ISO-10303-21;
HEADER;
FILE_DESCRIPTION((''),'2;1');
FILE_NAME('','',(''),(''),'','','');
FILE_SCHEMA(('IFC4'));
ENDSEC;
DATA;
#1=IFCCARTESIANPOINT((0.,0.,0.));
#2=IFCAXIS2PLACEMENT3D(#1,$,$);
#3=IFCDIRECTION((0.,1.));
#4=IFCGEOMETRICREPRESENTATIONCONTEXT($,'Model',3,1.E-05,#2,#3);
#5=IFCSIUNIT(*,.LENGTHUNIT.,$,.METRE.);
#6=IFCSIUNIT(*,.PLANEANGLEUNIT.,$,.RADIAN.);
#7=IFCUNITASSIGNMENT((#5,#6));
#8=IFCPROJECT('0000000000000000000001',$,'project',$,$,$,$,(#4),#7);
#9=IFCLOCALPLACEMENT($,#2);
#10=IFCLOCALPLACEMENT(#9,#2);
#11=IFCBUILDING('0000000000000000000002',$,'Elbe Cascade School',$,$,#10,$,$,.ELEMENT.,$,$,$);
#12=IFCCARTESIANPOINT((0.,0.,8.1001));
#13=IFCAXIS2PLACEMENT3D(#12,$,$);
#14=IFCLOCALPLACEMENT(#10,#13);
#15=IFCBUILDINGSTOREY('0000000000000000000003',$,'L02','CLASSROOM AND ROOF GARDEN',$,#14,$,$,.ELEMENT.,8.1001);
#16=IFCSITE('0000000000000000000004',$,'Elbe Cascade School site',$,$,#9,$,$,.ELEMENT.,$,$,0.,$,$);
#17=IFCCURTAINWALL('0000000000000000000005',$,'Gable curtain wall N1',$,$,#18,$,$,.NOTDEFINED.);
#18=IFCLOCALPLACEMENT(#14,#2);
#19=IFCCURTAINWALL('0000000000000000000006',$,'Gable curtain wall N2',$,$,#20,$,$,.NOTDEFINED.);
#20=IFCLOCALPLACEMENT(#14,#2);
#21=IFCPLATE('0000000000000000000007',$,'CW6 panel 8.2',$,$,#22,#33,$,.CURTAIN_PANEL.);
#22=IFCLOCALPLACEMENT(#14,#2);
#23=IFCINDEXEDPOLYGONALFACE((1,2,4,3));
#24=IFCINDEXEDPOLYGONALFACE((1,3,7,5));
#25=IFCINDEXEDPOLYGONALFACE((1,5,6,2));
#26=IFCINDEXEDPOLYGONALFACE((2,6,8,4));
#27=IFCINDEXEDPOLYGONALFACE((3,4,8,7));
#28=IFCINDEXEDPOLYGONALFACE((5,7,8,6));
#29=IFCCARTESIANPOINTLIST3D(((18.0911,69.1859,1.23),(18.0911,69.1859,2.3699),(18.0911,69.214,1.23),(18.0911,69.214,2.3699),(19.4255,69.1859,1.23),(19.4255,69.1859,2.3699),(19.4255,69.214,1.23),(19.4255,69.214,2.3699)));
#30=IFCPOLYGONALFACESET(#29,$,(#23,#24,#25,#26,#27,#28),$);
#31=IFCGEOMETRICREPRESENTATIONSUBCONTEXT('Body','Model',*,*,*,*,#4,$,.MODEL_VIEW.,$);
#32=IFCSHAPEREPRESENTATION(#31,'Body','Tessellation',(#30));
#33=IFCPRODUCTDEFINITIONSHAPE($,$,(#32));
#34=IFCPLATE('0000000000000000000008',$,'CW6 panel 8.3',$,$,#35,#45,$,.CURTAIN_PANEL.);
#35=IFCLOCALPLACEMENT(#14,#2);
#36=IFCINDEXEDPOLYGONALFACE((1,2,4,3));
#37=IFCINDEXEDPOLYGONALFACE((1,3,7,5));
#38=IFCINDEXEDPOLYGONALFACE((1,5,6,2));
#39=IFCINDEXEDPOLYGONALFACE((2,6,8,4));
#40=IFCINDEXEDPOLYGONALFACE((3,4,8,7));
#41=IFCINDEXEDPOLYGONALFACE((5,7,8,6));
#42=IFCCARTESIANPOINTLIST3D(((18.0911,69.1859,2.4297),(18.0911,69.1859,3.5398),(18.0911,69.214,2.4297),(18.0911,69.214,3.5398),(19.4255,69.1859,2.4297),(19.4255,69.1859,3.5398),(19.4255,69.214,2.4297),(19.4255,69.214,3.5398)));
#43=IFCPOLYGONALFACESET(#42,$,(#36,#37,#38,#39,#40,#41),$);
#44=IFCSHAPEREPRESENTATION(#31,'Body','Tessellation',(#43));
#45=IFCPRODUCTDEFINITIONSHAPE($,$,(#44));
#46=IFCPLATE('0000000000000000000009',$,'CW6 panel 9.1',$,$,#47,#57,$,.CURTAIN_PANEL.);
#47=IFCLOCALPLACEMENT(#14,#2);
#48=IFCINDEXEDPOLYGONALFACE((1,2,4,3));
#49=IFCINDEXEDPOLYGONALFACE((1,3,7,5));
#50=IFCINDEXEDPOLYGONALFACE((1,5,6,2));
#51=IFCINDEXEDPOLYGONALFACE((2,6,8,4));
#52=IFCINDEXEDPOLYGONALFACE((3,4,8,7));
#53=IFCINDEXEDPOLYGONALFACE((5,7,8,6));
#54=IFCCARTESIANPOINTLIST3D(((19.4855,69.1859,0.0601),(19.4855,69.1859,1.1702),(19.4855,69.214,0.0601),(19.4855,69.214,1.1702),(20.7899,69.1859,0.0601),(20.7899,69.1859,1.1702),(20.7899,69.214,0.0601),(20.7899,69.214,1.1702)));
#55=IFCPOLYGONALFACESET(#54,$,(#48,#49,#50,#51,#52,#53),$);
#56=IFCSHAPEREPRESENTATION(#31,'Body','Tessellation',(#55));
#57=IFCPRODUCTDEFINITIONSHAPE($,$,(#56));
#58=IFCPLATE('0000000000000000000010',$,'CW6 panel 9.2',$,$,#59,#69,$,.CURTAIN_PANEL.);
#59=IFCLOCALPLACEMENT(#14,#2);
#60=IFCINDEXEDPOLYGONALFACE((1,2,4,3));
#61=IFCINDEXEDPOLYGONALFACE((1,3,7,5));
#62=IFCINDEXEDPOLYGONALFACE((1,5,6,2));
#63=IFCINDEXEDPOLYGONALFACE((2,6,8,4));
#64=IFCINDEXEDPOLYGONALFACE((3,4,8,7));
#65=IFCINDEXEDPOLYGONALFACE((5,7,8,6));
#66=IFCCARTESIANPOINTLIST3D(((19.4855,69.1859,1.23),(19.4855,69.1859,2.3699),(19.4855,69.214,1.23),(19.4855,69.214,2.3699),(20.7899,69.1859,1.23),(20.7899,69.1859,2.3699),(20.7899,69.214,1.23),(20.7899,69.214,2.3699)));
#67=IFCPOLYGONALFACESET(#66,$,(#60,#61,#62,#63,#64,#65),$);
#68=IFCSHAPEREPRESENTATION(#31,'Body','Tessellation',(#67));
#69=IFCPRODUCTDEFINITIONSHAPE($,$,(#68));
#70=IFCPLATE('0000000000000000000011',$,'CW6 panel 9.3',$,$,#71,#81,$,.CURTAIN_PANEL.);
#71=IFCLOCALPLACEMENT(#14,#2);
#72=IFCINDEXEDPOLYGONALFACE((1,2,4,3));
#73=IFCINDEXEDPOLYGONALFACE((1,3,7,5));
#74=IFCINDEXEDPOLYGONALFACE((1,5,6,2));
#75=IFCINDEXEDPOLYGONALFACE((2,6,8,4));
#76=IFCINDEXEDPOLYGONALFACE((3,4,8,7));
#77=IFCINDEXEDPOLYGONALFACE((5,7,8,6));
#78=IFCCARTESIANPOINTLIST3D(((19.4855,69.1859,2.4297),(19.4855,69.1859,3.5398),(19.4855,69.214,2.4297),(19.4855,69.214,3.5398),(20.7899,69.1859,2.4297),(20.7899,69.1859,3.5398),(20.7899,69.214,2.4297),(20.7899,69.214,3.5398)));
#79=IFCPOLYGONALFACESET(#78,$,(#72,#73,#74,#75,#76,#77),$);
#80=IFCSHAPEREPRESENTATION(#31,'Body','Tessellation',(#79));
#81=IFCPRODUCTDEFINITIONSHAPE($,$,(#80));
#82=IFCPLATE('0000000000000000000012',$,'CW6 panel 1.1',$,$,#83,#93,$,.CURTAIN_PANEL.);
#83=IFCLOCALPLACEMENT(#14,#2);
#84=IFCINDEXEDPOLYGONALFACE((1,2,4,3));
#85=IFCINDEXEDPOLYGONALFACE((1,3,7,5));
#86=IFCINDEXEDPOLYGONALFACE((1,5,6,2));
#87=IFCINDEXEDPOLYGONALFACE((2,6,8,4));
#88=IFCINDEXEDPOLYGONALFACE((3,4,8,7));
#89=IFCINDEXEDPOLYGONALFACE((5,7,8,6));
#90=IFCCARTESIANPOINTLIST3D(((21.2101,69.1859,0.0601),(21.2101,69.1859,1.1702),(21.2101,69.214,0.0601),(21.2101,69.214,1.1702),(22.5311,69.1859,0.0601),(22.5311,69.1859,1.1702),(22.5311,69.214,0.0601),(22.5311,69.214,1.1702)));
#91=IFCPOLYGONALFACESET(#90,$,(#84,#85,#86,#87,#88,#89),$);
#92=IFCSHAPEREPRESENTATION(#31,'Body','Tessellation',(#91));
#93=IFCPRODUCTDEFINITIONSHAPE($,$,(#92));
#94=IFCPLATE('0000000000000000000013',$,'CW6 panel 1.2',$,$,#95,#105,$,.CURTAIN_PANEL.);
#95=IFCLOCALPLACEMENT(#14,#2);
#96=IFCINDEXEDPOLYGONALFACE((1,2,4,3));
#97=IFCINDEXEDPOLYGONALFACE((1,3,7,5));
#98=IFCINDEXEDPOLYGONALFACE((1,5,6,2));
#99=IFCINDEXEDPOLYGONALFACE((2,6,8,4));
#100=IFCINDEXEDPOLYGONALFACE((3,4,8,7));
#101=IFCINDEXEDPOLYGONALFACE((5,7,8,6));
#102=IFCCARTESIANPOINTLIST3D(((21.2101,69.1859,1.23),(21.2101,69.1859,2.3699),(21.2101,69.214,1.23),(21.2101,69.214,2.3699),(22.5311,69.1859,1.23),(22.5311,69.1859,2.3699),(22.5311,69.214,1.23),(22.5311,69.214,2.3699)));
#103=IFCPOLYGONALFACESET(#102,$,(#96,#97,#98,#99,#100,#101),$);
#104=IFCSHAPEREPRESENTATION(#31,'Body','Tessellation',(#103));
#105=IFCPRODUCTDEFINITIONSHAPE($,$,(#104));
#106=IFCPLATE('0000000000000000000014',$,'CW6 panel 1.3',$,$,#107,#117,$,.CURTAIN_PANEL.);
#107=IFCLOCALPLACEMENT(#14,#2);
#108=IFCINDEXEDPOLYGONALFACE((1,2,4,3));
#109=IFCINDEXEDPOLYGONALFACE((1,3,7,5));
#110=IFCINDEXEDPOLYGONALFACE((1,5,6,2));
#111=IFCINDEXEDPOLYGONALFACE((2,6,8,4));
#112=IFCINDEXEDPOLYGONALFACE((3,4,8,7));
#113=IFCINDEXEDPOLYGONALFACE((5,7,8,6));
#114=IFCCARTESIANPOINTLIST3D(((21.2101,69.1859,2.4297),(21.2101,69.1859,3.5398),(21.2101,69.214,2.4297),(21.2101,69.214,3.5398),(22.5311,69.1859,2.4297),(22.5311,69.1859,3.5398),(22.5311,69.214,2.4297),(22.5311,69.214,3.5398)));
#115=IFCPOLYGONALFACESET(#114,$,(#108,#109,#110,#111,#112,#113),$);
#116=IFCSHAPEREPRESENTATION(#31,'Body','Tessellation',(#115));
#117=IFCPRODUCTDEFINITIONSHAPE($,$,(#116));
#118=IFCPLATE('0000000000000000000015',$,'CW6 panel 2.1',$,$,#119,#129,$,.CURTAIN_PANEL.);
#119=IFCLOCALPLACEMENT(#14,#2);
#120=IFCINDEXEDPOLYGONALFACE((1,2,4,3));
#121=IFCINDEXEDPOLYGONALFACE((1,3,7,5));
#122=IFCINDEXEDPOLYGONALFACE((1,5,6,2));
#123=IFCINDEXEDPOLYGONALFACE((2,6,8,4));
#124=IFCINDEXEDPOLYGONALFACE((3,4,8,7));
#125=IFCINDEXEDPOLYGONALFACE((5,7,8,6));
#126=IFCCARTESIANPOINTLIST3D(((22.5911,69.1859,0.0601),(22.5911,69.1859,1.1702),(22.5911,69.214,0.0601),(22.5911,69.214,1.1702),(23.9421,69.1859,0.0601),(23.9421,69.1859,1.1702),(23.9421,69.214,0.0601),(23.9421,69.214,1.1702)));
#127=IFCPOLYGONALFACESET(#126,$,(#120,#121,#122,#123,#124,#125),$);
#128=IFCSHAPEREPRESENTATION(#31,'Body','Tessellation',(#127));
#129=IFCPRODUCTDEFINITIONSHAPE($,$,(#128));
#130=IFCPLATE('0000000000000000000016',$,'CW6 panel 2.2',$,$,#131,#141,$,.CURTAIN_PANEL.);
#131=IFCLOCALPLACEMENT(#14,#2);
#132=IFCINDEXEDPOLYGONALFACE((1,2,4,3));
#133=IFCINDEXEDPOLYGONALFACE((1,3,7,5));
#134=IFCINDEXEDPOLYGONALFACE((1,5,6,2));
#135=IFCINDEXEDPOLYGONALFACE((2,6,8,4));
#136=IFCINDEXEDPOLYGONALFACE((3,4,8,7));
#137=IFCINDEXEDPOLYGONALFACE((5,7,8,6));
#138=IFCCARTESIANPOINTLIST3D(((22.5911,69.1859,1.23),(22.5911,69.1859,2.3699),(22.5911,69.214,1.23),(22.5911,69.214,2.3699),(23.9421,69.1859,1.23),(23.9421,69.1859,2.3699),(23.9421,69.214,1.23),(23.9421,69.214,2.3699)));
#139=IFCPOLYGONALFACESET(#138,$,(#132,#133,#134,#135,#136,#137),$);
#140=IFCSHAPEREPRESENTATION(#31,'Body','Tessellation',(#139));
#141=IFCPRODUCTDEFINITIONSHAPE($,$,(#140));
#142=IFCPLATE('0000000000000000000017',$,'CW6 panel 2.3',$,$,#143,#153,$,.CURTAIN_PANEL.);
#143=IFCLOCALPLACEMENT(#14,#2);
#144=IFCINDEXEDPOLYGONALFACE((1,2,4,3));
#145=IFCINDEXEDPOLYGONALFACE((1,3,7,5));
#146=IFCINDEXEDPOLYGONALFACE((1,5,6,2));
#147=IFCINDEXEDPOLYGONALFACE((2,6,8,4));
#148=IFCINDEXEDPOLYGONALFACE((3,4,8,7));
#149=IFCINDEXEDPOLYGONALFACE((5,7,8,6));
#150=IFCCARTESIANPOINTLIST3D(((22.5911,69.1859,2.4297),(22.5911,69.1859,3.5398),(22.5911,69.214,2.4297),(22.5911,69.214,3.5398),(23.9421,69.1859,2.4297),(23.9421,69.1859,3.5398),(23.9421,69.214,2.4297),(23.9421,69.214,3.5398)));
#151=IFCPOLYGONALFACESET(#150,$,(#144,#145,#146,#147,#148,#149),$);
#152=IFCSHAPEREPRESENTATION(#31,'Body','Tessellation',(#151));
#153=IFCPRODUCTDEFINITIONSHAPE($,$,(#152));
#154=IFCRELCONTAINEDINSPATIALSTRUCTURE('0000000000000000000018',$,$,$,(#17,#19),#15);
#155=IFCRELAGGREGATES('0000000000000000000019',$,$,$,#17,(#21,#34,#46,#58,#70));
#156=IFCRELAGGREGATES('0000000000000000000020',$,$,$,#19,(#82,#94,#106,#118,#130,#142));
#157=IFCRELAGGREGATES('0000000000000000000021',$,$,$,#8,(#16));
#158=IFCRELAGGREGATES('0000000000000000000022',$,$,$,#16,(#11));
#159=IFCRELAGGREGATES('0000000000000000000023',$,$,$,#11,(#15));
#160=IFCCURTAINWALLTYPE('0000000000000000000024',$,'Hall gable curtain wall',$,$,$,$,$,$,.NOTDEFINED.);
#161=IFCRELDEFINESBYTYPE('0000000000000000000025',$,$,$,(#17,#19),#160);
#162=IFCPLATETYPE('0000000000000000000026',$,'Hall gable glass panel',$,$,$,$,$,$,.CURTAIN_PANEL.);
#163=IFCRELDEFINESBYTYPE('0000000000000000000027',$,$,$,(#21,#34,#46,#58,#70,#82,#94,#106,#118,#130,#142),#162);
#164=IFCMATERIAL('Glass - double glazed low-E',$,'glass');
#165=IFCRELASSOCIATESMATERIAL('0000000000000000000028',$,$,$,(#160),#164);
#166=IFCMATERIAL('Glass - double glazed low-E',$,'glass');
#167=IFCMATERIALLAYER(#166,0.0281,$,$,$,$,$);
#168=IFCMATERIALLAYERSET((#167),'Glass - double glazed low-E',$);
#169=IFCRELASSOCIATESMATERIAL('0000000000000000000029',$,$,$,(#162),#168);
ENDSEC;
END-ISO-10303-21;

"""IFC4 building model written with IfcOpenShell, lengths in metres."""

from ifc_helpers import new_model, si_unit, direction, frame, origin, origin_2d, place, context, subcontext, project, spatial, rectangle, extrude, material, layer, layer_set, type_object, element, aggregate, save


model = new_model("IFC4")

# Units and contexts
model_context = context("Model", 3, precision=1e-05, world=origin(), true_north=direction((0.0, 1.0)))
body_context = subcontext(model_context, "Body", "Model", "MODEL_VIEW")
ifc_project = project(units=[si_unit("LENGTHUNIT", "METRE"), si_unit("PLANEANGLEUNIT", "RADIAN")], contexts=[model_context])

# Site, building, storey
site_placement = place(None, origin())
site = spatial("IfcSite", under=ifc_project, at=site_placement, Name="Elbe Cascade School site", CompositionType="ELEMENT", RefElevation=0.0)
building_placement = place(site_placement, origin())
building = spatial("IfcBuilding", under=site, at=building_placement, Name="Elbe Cascade School", CompositionType="ELEMENT")
storey_placement = place(building_placement, frame((0.0, 0.0, 8.1001)))
storey = spatial("IfcBuildingStorey", under=building, at=storey_placement, Name="L02", Description="CLASSROOM AND ROOF GARDEN", CompositionType="ELEMENT", Elevation=8.1001)

# Curtain walls
ifc_material_1 = material(Name="Glass - double glazed low-E", Category="glass")
curtain_wall_type = type_object("IfcCurtainWallType", Name="Hall gable curtain wall", PredefinedType="NOTDEFINED", material=ifc_material_1)
curtain_wall_1_placement = place(storey_placement, origin())
curtain_wall_1 = element("IfcCurtainWall", 1, at=curtain_wall_1_placement, inside=storey, type_object=curtain_wall_type, Name="Gable curtain wall N1", PredefinedType="NOTDEFINED")
curtain_wall_2_placement = place(storey_placement, origin())
curtain_wall_2 = element("IfcCurtainWall", 2, at=curtain_wall_2_placement, inside=storey, type_object=curtain_wall_type, Name="Gable curtain wall N2", PredefinedType="NOTDEFINED")

# Plates
ifc_material_2 = material(Name="Glass - double glazed low-E", Category="glass")
ifc_layer = layer(ifc_material_2, 0.0281)
ifc_layer_set = layer_set([ifc_layer], Name="Glass - double glazed low-E")
plate_type = type_object("IfcPlateType", Name="Hall gable glass panel", PredefinedType="CURTAIN_PANEL", material=ifc_layer_set)
plate_1_placement = place(storey_placement, frame((18.7583, 69.2, 1.23), z_axis=(0.0, 0.0, 1.0), x_axis=(1.0, 0.0, 0.0)))
plate_1 = element("IfcPlate", 3, at=plate_1_placement, type_object=plate_type, Name="CW6 panel 8.2", PredefinedType="CURTAIN_PANEL", context=body_context, shape_type="SweptSolid", body=[
    extrude(rectangle(XDim=1.3345, YDim=0.0281, at=origin_2d()), origin(), (0.0, 0.0, 1.0), 1.1399),
])
plate_2_placement = place(storey_placement, frame((18.7583, 69.2, 2.4297), z_axis=(0.0, 0.0, 1.0), x_axis=(1.0, 0.0, 0.0)))
plate_2 = element("IfcPlate", 4, at=plate_2_placement, type_object=plate_type, Name="CW6 panel 8.3", PredefinedType="CURTAIN_PANEL", context=body_context, shape_type="SweptSolid", body=[
    extrude(rectangle(XDim=1.3345, YDim=0.0281, at=origin_2d()), origin(), (0.0, 0.0, 1.0), 1.1101),
])
plate_3_placement = place(storey_placement, frame((20.1377, 69.2, 0.0601), z_axis=(0.0, 0.0, 1.0), x_axis=(1.0, 0.0, 0.0)))
plate_3 = element("IfcPlate", 5, at=plate_3_placement, type_object=plate_type, Name="CW6 panel 9.1", PredefinedType="CURTAIN_PANEL", context=body_context, shape_type="SweptSolid", body=[
    extrude(rectangle(XDim=1.3044, YDim=0.0281, at=origin_2d()), origin(), (0.0, 0.0, 1.0), 1.1101),
])
plate_4_placement = place(storey_placement, frame((20.1377, 69.2, 1.23), z_axis=(0.0, 0.0, 1.0), x_axis=(1.0, 0.0, 0.0)))
plate_4 = element("IfcPlate", 6, at=plate_4_placement, type_object=plate_type, Name="CW6 panel 9.2", PredefinedType="CURTAIN_PANEL", context=body_context, shape_type="SweptSolid", body=[
    extrude(rectangle(XDim=1.3044, YDim=0.0281, at=origin_2d()), origin(), (0.0, 0.0, 1.0), 1.1399),
])
plate_5_placement = place(storey_placement, frame((20.1377, 69.2, 2.4297), z_axis=(0.0, 0.0, 1.0), x_axis=(1.0, 0.0, 0.0)))
plate_5 = element("IfcPlate", 7, at=plate_5_placement, type_object=plate_type, Name="CW6 panel 9.3", PredefinedType="CURTAIN_PANEL", context=body_context, shape_type="SweptSolid", body=[
    extrude(rectangle(XDim=1.3044, YDim=0.0281, at=origin_2d()), origin(), (0.0, 0.0, 1.0), 1.1101),
])
aggregate(curtain_wall_1, [plate_1, plate_2, plate_3, plate_4, plate_5])
plate_6_placement = place(storey_placement, frame((21.8706, 69.2, 0.0601), z_axis=(0.0, 0.0, 1.0), x_axis=(1.0, 0.0, 0.0)))
plate_6 = element("IfcPlate", 8, at=plate_6_placement, type_object=plate_type, Name="CW6 panel 1.1", PredefinedType="CURTAIN_PANEL", context=body_context, shape_type="SweptSolid", body=[
    extrude(rectangle(XDim=1.321, YDim=0.0281, at=origin_2d()), origin(), (0.0, 0.0, 1.0), 1.1101),
])
plate_7_placement = place(storey_placement, frame((21.8706, 69.2, 1.23), z_axis=(0.0, 0.0, 1.0), x_axis=(1.0, 0.0, 0.0)))
plate_7 = element("IfcPlate", 9, at=plate_7_placement, type_object=plate_type, Name="CW6 panel 1.2", PredefinedType="CURTAIN_PANEL", context=body_context, shape_type="SweptSolid", body=[
    extrude(rectangle(XDim=1.321, YDim=0.0281, at=origin_2d()), origin(), (0.0, 0.0, 1.0), 1.1399),
])
plate_8_placement = place(storey_placement, frame((21.8706, 69.2, 2.4297), z_axis=(0.0, 0.0, 1.0), x_axis=(1.0, 0.0, 0.0)))
plate_8 = element("IfcPlate", 10, at=plate_8_placement, type_object=plate_type, Name="CW6 panel 1.3", PredefinedType="CURTAIN_PANEL", context=body_context, shape_type="SweptSolid", body=[
    extrude(rectangle(XDim=1.321, YDim=0.0281, at=origin_2d()), origin(), (0.0, 0.0, 1.0), 1.1101),
])
plate_9_placement = place(storey_placement, frame((23.2666, 69.2, 0.0601), z_axis=(0.0, 0.0, 1.0), x_axis=(1.0, 0.0, 0.0)))
plate_9 = element("IfcPlate", 11, at=plate_9_placement, type_object=plate_type, Name="CW6 panel 2.1", PredefinedType="CURTAIN_PANEL", context=body_context, shape_type="SweptSolid", body=[
    extrude(rectangle(XDim=1.3511, YDim=0.0281, at=origin_2d()), origin(), (0.0, 0.0, 1.0), 1.1101),
])
plate_10_placement = place(storey_placement, frame((23.2666, 69.2, 1.23), z_axis=(0.0, 0.0, 1.0), x_axis=(1.0, 0.0, 0.0)))
plate_10 = element("IfcPlate", 12, at=plate_10_placement, type_object=plate_type, Name="CW6 panel 2.2", PredefinedType="CURTAIN_PANEL", context=body_context, shape_type="SweptSolid", body=[
    extrude(rectangle(XDim=1.3511, YDim=0.0281, at=origin_2d()), origin(), (0.0, 0.0, 1.0), 1.1399),
])
plate_11_placement = place(storey_placement, frame((23.2666, 69.2, 2.4297), z_axis=(0.0, 0.0, 1.0), x_axis=(1.0, 0.0, 0.0)))
plate_11 = element("IfcPlate", 13, at=plate_11_placement, type_object=plate_type, Name="CW6 panel 2.3", PredefinedType="CURTAIN_PANEL", context=body_context, shape_type="SweptSolid", body=[
    extrude(rectangle(XDim=1.3511, YDim=0.0281, at=origin_2d()), origin(), (0.0, 0.0, 1.0), 1.1101),
])
aggregate(curtain_wall_2, [plate_6, plate_7, plate_8, plate_9, plate_10, plate_11])

save(model, "model.ifc")
